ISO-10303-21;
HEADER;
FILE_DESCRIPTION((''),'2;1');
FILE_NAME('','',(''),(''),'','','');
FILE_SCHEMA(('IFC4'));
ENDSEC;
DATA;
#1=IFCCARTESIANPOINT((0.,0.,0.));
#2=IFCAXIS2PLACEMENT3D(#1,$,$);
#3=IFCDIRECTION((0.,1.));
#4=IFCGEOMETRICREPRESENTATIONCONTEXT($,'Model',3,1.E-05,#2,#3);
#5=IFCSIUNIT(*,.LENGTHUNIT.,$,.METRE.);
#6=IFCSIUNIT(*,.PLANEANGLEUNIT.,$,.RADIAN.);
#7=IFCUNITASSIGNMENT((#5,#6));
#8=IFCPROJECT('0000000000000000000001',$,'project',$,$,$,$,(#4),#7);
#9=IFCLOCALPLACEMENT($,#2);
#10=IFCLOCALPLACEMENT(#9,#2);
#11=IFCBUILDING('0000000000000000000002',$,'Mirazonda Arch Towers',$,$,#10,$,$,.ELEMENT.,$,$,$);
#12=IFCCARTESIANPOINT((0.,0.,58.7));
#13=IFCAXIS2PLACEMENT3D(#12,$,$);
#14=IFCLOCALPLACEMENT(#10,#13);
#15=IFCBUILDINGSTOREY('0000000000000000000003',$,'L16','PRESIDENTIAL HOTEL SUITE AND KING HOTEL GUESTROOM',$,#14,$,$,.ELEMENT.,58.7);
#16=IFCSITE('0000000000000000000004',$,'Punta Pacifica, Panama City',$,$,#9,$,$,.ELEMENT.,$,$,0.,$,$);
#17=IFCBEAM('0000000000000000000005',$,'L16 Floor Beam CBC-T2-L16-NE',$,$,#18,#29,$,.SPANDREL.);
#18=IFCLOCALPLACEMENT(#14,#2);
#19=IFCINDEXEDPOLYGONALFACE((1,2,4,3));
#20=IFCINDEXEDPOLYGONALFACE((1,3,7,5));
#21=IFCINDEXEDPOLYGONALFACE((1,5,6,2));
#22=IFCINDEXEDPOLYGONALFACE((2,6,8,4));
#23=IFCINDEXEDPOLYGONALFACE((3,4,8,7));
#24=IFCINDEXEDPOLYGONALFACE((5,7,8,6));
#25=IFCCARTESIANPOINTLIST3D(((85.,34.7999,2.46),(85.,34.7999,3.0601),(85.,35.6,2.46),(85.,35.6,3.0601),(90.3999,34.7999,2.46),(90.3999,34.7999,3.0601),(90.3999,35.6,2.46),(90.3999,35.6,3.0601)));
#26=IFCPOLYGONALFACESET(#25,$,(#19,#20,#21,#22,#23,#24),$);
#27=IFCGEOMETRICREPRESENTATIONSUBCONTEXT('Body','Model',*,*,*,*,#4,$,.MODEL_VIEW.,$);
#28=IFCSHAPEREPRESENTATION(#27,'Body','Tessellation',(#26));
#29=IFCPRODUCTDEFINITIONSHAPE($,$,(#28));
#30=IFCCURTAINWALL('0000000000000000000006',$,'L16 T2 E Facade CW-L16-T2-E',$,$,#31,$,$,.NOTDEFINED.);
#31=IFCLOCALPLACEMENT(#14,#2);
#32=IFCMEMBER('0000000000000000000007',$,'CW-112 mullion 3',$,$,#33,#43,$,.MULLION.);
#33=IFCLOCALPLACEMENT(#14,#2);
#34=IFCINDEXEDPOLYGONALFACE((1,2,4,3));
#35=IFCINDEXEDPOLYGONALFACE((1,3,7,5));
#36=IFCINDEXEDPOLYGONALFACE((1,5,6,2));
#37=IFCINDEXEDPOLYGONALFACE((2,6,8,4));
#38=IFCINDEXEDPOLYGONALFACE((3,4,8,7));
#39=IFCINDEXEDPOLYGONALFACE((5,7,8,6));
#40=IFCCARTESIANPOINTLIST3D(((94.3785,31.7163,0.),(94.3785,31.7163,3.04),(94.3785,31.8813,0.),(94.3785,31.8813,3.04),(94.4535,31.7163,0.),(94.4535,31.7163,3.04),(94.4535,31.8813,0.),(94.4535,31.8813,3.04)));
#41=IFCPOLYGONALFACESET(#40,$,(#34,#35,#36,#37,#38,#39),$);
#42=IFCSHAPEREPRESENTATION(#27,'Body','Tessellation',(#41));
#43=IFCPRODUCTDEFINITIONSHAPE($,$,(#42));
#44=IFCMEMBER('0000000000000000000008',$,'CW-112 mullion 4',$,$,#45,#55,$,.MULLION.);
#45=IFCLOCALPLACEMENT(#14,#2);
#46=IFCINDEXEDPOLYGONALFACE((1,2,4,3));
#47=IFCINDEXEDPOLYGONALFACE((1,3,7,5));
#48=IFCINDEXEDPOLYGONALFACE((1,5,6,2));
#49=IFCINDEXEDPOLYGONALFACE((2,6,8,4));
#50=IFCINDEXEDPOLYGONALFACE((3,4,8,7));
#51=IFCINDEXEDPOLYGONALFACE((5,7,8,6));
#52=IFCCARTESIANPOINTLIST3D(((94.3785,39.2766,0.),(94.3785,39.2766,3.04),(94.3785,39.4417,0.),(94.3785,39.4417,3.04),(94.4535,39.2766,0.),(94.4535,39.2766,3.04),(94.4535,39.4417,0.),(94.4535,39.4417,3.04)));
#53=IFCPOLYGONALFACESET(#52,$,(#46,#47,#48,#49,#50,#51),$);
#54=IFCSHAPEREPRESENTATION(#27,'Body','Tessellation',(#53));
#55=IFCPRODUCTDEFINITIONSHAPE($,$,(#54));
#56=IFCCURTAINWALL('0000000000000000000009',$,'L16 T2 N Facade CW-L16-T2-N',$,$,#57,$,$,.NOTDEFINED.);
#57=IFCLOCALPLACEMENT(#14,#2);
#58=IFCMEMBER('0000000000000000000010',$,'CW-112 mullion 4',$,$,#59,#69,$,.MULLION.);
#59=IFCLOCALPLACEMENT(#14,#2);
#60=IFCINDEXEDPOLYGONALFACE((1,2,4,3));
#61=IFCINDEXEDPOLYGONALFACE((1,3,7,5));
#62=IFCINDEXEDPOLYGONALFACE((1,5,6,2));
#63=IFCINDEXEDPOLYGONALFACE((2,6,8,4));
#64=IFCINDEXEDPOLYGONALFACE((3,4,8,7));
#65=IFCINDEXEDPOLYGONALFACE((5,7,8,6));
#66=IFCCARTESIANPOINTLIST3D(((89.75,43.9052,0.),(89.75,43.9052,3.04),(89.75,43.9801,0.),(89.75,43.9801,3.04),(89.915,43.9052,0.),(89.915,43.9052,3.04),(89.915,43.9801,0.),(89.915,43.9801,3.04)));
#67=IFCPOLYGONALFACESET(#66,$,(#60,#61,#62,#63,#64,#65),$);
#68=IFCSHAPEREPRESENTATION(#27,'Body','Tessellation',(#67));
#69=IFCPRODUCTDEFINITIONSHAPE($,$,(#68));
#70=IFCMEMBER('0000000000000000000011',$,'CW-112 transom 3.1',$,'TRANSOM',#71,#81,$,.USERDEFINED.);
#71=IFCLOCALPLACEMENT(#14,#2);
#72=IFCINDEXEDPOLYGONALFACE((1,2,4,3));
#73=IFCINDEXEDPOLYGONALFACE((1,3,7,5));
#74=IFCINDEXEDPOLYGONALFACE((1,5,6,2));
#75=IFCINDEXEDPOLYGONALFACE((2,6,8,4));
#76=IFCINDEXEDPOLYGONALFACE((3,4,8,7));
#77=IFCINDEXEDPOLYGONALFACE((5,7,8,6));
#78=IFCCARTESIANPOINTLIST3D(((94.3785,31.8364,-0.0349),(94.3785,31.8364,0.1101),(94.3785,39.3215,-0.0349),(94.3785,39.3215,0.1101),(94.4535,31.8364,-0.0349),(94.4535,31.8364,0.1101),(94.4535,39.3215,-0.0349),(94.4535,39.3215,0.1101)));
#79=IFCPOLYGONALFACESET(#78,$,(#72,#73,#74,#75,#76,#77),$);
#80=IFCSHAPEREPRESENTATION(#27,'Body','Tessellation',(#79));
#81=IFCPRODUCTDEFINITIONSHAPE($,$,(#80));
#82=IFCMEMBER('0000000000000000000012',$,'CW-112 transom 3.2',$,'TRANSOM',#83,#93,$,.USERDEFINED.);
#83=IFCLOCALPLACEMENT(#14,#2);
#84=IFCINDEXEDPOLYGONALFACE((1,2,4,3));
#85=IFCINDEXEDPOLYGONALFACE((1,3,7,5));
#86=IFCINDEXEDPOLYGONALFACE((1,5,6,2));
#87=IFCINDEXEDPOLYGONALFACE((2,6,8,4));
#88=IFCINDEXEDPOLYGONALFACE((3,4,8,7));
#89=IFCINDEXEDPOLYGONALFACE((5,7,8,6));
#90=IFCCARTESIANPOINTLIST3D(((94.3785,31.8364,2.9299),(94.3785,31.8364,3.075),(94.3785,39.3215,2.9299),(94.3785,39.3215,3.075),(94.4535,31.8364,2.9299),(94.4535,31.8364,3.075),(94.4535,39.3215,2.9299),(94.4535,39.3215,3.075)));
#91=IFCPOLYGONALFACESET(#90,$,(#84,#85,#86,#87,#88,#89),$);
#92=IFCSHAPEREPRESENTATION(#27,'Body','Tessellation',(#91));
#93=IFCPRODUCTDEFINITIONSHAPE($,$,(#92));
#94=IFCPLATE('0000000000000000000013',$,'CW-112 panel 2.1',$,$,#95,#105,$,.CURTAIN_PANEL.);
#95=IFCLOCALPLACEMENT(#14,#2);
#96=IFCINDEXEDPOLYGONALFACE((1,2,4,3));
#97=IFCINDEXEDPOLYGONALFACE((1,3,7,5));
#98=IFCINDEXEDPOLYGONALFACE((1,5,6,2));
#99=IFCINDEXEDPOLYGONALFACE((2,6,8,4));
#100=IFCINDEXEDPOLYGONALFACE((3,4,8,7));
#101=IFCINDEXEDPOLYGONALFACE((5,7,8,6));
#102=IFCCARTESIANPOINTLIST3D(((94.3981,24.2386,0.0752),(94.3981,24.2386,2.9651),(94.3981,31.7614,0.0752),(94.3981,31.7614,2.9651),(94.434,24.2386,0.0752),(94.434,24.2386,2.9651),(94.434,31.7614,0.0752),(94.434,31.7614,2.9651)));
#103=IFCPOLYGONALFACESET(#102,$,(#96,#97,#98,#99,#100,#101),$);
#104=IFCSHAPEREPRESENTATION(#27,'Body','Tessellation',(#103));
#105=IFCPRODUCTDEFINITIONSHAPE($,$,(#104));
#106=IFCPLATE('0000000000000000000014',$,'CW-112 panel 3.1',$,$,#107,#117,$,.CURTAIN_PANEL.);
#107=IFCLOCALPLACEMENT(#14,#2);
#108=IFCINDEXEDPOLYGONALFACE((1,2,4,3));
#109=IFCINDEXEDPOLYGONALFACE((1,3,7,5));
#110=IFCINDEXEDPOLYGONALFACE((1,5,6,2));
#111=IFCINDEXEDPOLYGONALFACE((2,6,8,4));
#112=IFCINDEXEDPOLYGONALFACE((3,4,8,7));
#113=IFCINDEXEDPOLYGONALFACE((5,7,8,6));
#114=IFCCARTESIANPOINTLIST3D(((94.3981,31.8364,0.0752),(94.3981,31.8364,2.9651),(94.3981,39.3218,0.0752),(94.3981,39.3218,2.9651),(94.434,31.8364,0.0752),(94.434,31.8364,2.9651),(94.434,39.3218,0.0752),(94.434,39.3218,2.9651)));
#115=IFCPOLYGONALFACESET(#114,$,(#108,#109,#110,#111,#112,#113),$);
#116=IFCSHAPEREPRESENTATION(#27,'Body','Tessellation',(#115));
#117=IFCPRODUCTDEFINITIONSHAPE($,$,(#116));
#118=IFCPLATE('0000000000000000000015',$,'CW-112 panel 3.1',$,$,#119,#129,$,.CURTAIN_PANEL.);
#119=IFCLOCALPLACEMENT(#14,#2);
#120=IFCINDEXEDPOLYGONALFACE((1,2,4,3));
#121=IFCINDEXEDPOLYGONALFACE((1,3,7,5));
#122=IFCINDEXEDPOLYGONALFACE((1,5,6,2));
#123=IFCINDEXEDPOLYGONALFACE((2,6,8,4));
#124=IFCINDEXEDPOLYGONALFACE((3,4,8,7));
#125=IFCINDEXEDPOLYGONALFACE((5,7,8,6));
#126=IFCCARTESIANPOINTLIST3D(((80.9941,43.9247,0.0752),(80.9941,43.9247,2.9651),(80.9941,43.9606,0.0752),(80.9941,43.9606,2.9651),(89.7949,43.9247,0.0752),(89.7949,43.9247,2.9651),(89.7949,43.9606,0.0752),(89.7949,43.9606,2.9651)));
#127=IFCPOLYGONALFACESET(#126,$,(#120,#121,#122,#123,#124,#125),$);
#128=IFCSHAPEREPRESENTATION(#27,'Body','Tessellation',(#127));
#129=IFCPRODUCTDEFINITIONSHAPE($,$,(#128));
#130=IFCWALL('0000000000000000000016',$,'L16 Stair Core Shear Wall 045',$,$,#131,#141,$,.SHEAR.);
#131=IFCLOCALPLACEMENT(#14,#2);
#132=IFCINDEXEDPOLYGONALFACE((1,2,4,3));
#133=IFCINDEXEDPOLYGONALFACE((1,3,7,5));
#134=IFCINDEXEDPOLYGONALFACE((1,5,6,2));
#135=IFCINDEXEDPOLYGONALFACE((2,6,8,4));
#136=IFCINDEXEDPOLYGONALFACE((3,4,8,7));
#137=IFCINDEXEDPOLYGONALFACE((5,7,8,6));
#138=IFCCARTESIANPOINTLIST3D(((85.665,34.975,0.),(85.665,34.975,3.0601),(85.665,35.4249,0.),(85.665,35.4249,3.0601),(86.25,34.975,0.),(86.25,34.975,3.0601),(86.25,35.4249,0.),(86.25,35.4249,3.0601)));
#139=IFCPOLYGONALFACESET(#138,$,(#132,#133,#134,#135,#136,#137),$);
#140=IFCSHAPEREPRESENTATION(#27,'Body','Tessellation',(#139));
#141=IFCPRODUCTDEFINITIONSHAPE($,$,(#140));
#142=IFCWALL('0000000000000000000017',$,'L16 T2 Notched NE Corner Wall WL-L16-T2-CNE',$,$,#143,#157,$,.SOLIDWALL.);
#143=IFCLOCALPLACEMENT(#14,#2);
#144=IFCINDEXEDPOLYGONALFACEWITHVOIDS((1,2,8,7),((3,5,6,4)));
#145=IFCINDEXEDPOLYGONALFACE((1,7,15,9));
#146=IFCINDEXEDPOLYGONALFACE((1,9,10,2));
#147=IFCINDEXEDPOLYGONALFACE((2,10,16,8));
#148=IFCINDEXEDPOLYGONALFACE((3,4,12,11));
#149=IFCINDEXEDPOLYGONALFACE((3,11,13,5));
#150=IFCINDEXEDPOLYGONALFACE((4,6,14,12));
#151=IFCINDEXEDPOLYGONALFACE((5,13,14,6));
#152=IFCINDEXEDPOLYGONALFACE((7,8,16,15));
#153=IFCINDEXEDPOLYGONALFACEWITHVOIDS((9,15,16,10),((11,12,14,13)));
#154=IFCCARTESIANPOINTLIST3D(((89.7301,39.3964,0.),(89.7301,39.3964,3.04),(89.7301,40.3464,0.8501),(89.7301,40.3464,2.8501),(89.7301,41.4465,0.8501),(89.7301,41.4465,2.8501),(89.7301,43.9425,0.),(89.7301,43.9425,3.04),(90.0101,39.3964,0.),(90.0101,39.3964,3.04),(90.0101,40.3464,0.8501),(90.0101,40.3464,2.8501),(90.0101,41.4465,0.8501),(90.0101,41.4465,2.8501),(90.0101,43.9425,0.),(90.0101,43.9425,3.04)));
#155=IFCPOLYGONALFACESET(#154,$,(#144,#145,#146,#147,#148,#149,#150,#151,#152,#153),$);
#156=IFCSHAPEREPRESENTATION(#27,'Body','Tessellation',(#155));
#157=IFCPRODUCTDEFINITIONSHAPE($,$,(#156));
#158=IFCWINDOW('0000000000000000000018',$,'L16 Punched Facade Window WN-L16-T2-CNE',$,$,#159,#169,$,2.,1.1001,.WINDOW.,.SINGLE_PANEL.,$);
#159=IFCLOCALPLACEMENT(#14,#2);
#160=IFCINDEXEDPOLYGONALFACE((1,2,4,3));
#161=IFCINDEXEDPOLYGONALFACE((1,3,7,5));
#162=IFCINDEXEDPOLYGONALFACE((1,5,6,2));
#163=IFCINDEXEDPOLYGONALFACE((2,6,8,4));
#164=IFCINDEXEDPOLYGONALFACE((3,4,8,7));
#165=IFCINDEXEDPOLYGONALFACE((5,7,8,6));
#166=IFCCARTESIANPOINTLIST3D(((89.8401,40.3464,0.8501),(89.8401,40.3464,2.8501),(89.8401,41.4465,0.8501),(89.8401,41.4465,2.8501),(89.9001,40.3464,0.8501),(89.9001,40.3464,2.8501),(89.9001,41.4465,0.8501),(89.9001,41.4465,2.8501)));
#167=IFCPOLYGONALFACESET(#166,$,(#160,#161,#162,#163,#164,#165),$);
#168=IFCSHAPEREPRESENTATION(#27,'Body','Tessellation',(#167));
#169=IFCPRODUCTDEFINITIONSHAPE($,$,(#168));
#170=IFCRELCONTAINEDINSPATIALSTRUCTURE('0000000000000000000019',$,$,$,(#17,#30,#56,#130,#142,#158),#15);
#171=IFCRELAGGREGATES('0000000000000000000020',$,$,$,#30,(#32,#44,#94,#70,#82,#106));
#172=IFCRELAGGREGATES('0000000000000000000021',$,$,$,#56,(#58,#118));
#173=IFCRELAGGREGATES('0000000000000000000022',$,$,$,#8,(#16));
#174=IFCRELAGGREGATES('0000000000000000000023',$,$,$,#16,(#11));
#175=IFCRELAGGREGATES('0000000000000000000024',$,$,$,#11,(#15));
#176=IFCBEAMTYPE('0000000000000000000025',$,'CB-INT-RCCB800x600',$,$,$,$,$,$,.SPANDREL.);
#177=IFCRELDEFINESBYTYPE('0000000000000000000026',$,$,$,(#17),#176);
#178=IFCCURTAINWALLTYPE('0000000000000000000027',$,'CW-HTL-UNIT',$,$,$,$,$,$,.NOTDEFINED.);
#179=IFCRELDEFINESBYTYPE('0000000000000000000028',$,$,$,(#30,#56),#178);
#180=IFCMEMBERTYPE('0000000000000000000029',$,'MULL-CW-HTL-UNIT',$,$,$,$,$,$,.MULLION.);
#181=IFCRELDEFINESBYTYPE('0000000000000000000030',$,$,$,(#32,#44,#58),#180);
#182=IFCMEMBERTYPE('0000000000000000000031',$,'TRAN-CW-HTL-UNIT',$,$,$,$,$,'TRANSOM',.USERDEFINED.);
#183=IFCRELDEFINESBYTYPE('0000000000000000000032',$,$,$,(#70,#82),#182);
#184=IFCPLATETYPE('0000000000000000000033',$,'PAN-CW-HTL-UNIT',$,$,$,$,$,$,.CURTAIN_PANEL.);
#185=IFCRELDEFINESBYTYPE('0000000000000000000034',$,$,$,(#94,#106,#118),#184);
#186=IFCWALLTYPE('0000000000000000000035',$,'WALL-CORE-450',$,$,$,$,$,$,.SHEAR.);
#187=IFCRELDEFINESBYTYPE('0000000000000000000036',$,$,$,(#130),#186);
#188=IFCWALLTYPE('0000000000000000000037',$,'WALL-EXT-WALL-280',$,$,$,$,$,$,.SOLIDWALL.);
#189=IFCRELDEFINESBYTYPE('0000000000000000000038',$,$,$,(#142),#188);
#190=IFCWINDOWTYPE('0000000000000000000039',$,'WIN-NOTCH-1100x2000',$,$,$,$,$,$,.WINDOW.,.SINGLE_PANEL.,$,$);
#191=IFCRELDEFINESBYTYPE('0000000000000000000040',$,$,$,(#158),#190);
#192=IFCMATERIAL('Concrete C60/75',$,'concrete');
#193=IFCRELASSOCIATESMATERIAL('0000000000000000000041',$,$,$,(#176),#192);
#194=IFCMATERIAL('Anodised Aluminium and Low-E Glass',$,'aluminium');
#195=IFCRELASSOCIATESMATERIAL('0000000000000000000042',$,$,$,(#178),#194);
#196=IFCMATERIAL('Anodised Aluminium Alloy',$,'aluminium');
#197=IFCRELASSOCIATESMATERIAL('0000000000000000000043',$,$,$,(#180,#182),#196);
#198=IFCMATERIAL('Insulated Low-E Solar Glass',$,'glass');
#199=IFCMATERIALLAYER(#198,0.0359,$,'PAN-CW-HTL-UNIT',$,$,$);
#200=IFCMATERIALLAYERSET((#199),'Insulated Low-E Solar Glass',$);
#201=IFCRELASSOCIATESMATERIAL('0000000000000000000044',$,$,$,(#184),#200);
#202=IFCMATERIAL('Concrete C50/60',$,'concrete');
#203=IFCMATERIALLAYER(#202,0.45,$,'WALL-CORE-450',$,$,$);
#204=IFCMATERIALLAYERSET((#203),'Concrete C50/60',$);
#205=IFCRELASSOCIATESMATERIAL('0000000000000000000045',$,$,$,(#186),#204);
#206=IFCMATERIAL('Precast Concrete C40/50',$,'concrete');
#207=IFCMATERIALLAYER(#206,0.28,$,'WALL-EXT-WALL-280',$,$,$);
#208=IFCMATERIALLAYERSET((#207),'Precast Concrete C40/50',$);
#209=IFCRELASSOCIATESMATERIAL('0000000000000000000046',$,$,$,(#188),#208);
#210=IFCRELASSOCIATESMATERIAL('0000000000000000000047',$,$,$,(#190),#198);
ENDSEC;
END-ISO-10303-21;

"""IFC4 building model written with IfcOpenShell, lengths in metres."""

from ifc_helpers import new_model, si_unit, direction, frame, frame_2d, origin, origin_2d, place, context, subcontext, project, spatial, rectangle, extrude, material, layer, layer_set, material_profile, profile_set, type_object, element, fill, aggregate, save


model = new_model("IFC4")

# Units and contexts
model_context = context("Model", 3, precision=1e-05, world=origin(), true_north=direction((0.0, 1.0)))
body_context = subcontext(model_context, "Body", "Model", "MODEL_VIEW")
ifc_project = project(units=[si_unit("LENGTHUNIT", "METRE"), si_unit("PLANEANGLEUNIT", "RADIAN")], contexts=[model_context])

# Site, building, storey
site_placement = place(None, origin())
site = spatial("IfcSite", under=ifc_project, at=site_placement, Name="Punta Pacifica, Panama City", CompositionType="ELEMENT", RefElevation=0.0)
building_placement = place(site_placement, origin())
building = spatial("IfcBuilding", under=site, at=building_placement, Name="Mirazonda Arch Towers", CompositionType="ELEMENT")
storey_placement = place(building_placement, frame((0.0, 0.0, 58.7)))
storey = spatial("IfcBuildingStorey", under=building, at=storey_placement, Name="L16", Description="PRESIDENTIAL HOTEL SUITE AND KING HOTEL GUESTROOM", CompositionType="ELEMENT", Elevation=58.7)

# Shared definitions
ifc_material_1 = material(Name="Concrete C60/75", Category="concrete")

# Beam
ifc_material_profile_1 = material_profile(ifc_material_1, rectangle(XDim=0.8, YDim=0.6001, at=origin_2d()), Name="RCCB800x600")
ifc_profile_set_1 = profile_set([ifc_material_profile_1], Name="Concrete C60/75")
beam_type_1 = type_object("IfcBeamType", Name="CB-INT-RCCB800x600", PredefinedType="SPANDREL", material=ifc_profile_set_1)
beam_1_placement = place(storey_placement, frame((85.0, 35.2, 2.76), z_axis=(1.0, 0.0, 0.0), x_axis=(0.0, 1.0, 0.0)))
element("IfcBeam", 1, at=beam_1_placement, inside=storey, type_object=beam_type_1, Name="L16 Floor Beam CBC-T2-L16-NE", PredefinedType="SPANDREL", context=body_context, shape_type="SweptSolid", body=[
    extrude(rectangle(XDim=0.8, YDim=0.6001, at=origin_2d()), origin(), (0.0, 0.0, 1.0), 5.3999),
])

# Curtain wall, members
ifc_material_2 = material(Name="Anodised Aluminium and Low-E Glass", Category="aluminium")
curtain_wall_type = type_object("IfcCurtainWallType", Name="CW-HTL-UNIT", PredefinedType="NOTDEFINED", material=ifc_material_2)
curtain_wall_1_placement = place(storey_placement, origin())
curtain_wall_1 = element("IfcCurtainWall", 2, at=curtain_wall_1_placement, inside=storey, type_object=curtain_wall_type, Name="L16 T2 E Facade CW-L16-T2-E", PredefinedType="NOTDEFINED")
ifc_material_3 = material(Name="Anodised Aluminium Alloy", Category="aluminium")
ifc_material_profile_2 = material_profile(ifc_material_3, rectangle(XDim=0.075, YDim=0.165, at=origin_2d()), Name="ALU-MULL-75x165")
ifc_profile_set_2 = profile_set([ifc_material_profile_2], Name="Anodised Aluminium Alloy")
member_type_1 = type_object("IfcMemberType", Name="MULL-CW-HTL-UNIT", PredefinedType="MULLION", material=ifc_profile_set_2)
member_1_placement = place(storey_placement, frame((94.416, 31.7988, 0.0), z_axis=(0.0, 0.0, 1.0), x_axis=(-1.0, 0.0, 0.0)))
member_1 = element("IfcMember", 3, at=member_1_placement, type_object=member_type_1, Name="CW-112 mullion 3", PredefinedType="MULLION", context=body_context, shape_type="SweptSolid", body=[
    extrude(rectangle(XDim=0.075, YDim=0.165, at=origin_2d()), origin(), (0.0, 0.0, 1.0), 3.04),
])
member_2_placement = place(storey_placement, frame((94.416, 39.3591, 0.0), z_axis=(0.0, 0.0, 1.0), x_axis=(-1.0, 0.0, 0.0)))
member_2 = element("IfcMember", 4, at=member_2_placement, type_object=member_type_1, Name="CW-112 mullion 4", PredefinedType="MULLION", context=body_context, shape_type="SweptSolid", body=[
    extrude(rectangle(XDim=0.075, YDim=0.165, at=origin_2d()), origin(), (0.0, 0.0, 1.0), 3.04),
])

# Curtain wall, member
curtain_wall_2_placement = place(storey_placement, origin())
curtain_wall_2 = element("IfcCurtainWall", 5, at=curtain_wall_2_placement, inside=storey, type_object=curtain_wall_type, Name="L16 T2 N Facade CW-L16-T2-N", PredefinedType="NOTDEFINED")
member_3_placement = place(storey_placement, frame((89.8325, 43.9426, 0.0), z_axis=(0.0, 0.0, 1.0), x_axis=(0.0, 1.0, 0.0)))
member_3 = element("IfcMember", 6, at=member_3_placement, type_object=member_type_1, Name="CW-112 mullion 4", PredefinedType="MULLION", context=body_context, shape_type="SweptSolid", body=[
    extrude(rectangle(XDim=0.075, YDim=0.165, at=origin_2d()), origin(), (0.0, 0.0, 1.0), 3.04),
])

# Members
ifc_material_profile_3 = material_profile(ifc_material_3, rectangle(XDim=0.075, YDim=0.145, at=origin_2d()), Name="ALU-TRAN-75x145")
ifc_profile_set_3 = profile_set([ifc_material_profile_3], Name="Anodised Aluminium Alloy")
member_type_2 = type_object("IfcMemberType", Name="TRAN-CW-HTL-UNIT", ElementType="TRANSOM", PredefinedType="USERDEFINED", material=ifc_profile_set_3)
member_4_placement = place(storey_placement, frame((94.416, 31.8364, 0.0376), z_axis=(0.0, 1.0, 0.0), x_axis=(-1.0, 0.0, 0.0)))
member_4 = element("IfcMember", 7, at=member_4_placement, type_object=member_type_2, Name="CW-112 transom 3.1", ObjectType="TRANSOM", PredefinedType="USERDEFINED", context=body_context, shape_type="SweptSolid", body=[
    extrude(rectangle(XDim=0.075, YDim=0.145, at=origin_2d()), origin(), (0.0, 0.0, 1.0), 7.4851),
])
member_5_placement = place(storey_placement, frame((94.416, 31.8364, 3.0024), z_axis=(0.0, 1.0, 0.0), x_axis=(-1.0, 0.0, 0.0)))
member_5 = element("IfcMember", 8, at=member_5_placement, type_object=member_type_2, Name="CW-112 transom 3.2", ObjectType="TRANSOM", PredefinedType="USERDEFINED", context=body_context, shape_type="SweptSolid", body=[
    extrude(rectangle(XDim=0.075, YDim=0.145, at=origin_2d()), origin(), (0.0, 0.0, 1.0), 7.4851),
])

# Plates
ifc_material_4 = material(Name="Insulated Low-E Solar Glass", Category="glass")
ifc_layer_1 = layer(ifc_material_4, 0.0359, Name="PAN-CW-HTL-UNIT")
ifc_layer_set_1 = layer_set([ifc_layer_1], Name="Insulated Low-E Solar Glass")
plate_type = type_object("IfcPlateType", Name="PAN-CW-HTL-UNIT", PredefinedType="CURTAIN_PANEL", material=ifc_layer_set_1)
plate_1_placement = place(storey_placement, frame((94.416, 28.0, 0.0752), z_axis=(0.0, 0.0, 1.0), x_axis=(0.0, 1.0, 0.0)))
plate_1 = element("IfcPlate", 9, at=plate_1_placement, type_object=plate_type, Name="CW-112 panel 2.1", PredefinedType="CURTAIN_PANEL", context=body_context, shape_type="SweptSolid", body=[
    extrude(rectangle(XDim=7.5227, YDim=0.0359, at=origin_2d()), origin(), (0.0, 0.0, 1.0), 2.8899),
])
plate_2_placement = place(storey_placement, frame((94.416, 35.5791, 0.0752), z_axis=(0.0, 0.0, 1.0), x_axis=(0.0, 1.0, 0.0)))
plate_2 = element("IfcPlate", 10, at=plate_2_placement, type_object=plate_type, Name="CW-112 panel 3.1", PredefinedType="CURTAIN_PANEL", context=body_context, shape_type="SweptSolid", body=[
    extrude(rectangle(XDim=7.4854, YDim=0.0359, at=origin_2d()), origin(), (0.0, 0.0, 1.0), 2.8899),
])
aggregate(curtain_wall_1, [member_1, member_2, plate_1, member_4, member_5, plate_2])
plate_3_placement = place(storey_placement, frame((85.3945, 43.9426, 0.0752), z_axis=(0.0, 0.0, 1.0), x_axis=(1.0, 0.0, 0.0)))
plate_3 = element("IfcPlate", 11, at=plate_3_placement, type_object=plate_type, Name="CW-112 panel 3.1", PredefinedType="CURTAIN_PANEL", context=body_context, shape_type="SweptSolid", body=[
    extrude(rectangle(XDim=8.8008, YDim=0.0359, at=origin_2d()), origin(), (0.0, 0.0, 1.0), 2.8899),
])
aggregate(curtain_wall_2, [member_3, plate_3])

# Wall
ifc_material_5 = material(Name="Concrete C50/60", Category="concrete")
ifc_layer_2 = layer(ifc_material_5, 0.45, Name="WALL-CORE-450")
ifc_layer_set_2 = layer_set([ifc_layer_2], Name="Concrete C50/60")
wall_type_1 = type_object("IfcWallType", Name="WALL-CORE-450", PredefinedType="SHEAR", material=ifc_layer_set_2)
wall_1_placement = place(storey_placement, frame((85.665, 35.2, 0.0), z_axis=(0.0, 0.0, 1.0), x_axis=(1.0, 0.0, 0.0)))
element("IfcWall", 12, at=wall_1_placement, inside=storey, type_object=wall_type_1, Name="L16 Stair Core Shear Wall 045", PredefinedType="SHEAR", context=body_context, shape_type="SweptSolid", body=[
    extrude(rectangle(XDim=0.585, YDim=0.45, at=frame_2d((0.2925, 0.0))), origin(), (0.0, 0.0, 1.0), 3.0601),
])

# Wall, opening, window
ifc_material_6 = material(Name="Precast Concrete C40/50", Category="concrete")
ifc_layer_3 = layer(ifc_material_6, 0.28, Name="WALL-EXT-WALL-280")
ifc_layer_set_3 = layer_set([ifc_layer_3], Name="Precast Concrete C40/50")
wall_type_2 = type_object("IfcWallType", Name="WALL-EXT-WALL-280", PredefinedType="SOLIDWALL", material=ifc_layer_set_3)
wall_2_placement = place(storey_placement, frame((89.8701, 39.3965, 0.0), z_axis=(0.0, 0.0, 1.0), x_axis=(0.0, 1.0, 0.0)))
wall_2 = element("IfcWall", 13, at=wall_2_placement, inside=storey, type_object=wall_type_2, Name="L16 T2 Notched NE Corner Wall WL-L16-T2-CNE", PredefinedType="SOLIDWALL", context=body_context, shape_type="SweptSolid", body=[
    extrude(rectangle(XDim=4.5461, YDim=0.28, at=frame_2d((2.2729, 0.0))), origin(), (0.0, 0.0, 1.0), 3.04),
])
opening_1_placement = place(wall_2_placement, frame((0.95, 0.0, 0.8501)))
opening_1 = element("IfcOpeningElement", 14, at=opening_1_placement, cuts=wall_2, PredefinedType="OPENING", context=body_context, shape_type="SweptSolid", body=[
    extrude(rectangle(XDim=1.1001, YDim=2.0, at=frame_2d((0.55, 1.0))), frame((0.0, 0.1499, 0.0), z_axis=(0.0, -1.0, 0.0), x_axis=(1.0, 0.0, 0.0)), (0.0, 0.0, 1.0), 0.3),
])
window_type = type_object("IfcWindowType", Name="WIN-NOTCH-1100x2000", PartitioningType="SINGLE_PANEL", PredefinedType="WINDOW", material=ifc_material_4)
window_1_placement = place(opening_1_placement, origin())
window_1 = element("IfcWindow", 15, at=window_1_placement, inside=storey, type_object=window_type, Name="L16 Punched Facade Window WN-L16-T2-CNE", OverallHeight=2.0, OverallWidth=1.1001, PartitioningType="SINGLE_PANEL", PredefinedType="WINDOW", context=body_context, shape_type="SweptSolid", body=[
    extrude(rectangle(XDim=1.1001, YDim=2.0, at=frame_2d((0.55, 1.0))), frame((0.0, 0.03, 0.0), z_axis=(0.0, -1.0, 0.0), x_axis=(1.0, 0.0, 0.0)), (0.0, 0.0, 1.0), 0.0601),
])
fill(opening_1, window_1)

save(model, "model.ifc")
